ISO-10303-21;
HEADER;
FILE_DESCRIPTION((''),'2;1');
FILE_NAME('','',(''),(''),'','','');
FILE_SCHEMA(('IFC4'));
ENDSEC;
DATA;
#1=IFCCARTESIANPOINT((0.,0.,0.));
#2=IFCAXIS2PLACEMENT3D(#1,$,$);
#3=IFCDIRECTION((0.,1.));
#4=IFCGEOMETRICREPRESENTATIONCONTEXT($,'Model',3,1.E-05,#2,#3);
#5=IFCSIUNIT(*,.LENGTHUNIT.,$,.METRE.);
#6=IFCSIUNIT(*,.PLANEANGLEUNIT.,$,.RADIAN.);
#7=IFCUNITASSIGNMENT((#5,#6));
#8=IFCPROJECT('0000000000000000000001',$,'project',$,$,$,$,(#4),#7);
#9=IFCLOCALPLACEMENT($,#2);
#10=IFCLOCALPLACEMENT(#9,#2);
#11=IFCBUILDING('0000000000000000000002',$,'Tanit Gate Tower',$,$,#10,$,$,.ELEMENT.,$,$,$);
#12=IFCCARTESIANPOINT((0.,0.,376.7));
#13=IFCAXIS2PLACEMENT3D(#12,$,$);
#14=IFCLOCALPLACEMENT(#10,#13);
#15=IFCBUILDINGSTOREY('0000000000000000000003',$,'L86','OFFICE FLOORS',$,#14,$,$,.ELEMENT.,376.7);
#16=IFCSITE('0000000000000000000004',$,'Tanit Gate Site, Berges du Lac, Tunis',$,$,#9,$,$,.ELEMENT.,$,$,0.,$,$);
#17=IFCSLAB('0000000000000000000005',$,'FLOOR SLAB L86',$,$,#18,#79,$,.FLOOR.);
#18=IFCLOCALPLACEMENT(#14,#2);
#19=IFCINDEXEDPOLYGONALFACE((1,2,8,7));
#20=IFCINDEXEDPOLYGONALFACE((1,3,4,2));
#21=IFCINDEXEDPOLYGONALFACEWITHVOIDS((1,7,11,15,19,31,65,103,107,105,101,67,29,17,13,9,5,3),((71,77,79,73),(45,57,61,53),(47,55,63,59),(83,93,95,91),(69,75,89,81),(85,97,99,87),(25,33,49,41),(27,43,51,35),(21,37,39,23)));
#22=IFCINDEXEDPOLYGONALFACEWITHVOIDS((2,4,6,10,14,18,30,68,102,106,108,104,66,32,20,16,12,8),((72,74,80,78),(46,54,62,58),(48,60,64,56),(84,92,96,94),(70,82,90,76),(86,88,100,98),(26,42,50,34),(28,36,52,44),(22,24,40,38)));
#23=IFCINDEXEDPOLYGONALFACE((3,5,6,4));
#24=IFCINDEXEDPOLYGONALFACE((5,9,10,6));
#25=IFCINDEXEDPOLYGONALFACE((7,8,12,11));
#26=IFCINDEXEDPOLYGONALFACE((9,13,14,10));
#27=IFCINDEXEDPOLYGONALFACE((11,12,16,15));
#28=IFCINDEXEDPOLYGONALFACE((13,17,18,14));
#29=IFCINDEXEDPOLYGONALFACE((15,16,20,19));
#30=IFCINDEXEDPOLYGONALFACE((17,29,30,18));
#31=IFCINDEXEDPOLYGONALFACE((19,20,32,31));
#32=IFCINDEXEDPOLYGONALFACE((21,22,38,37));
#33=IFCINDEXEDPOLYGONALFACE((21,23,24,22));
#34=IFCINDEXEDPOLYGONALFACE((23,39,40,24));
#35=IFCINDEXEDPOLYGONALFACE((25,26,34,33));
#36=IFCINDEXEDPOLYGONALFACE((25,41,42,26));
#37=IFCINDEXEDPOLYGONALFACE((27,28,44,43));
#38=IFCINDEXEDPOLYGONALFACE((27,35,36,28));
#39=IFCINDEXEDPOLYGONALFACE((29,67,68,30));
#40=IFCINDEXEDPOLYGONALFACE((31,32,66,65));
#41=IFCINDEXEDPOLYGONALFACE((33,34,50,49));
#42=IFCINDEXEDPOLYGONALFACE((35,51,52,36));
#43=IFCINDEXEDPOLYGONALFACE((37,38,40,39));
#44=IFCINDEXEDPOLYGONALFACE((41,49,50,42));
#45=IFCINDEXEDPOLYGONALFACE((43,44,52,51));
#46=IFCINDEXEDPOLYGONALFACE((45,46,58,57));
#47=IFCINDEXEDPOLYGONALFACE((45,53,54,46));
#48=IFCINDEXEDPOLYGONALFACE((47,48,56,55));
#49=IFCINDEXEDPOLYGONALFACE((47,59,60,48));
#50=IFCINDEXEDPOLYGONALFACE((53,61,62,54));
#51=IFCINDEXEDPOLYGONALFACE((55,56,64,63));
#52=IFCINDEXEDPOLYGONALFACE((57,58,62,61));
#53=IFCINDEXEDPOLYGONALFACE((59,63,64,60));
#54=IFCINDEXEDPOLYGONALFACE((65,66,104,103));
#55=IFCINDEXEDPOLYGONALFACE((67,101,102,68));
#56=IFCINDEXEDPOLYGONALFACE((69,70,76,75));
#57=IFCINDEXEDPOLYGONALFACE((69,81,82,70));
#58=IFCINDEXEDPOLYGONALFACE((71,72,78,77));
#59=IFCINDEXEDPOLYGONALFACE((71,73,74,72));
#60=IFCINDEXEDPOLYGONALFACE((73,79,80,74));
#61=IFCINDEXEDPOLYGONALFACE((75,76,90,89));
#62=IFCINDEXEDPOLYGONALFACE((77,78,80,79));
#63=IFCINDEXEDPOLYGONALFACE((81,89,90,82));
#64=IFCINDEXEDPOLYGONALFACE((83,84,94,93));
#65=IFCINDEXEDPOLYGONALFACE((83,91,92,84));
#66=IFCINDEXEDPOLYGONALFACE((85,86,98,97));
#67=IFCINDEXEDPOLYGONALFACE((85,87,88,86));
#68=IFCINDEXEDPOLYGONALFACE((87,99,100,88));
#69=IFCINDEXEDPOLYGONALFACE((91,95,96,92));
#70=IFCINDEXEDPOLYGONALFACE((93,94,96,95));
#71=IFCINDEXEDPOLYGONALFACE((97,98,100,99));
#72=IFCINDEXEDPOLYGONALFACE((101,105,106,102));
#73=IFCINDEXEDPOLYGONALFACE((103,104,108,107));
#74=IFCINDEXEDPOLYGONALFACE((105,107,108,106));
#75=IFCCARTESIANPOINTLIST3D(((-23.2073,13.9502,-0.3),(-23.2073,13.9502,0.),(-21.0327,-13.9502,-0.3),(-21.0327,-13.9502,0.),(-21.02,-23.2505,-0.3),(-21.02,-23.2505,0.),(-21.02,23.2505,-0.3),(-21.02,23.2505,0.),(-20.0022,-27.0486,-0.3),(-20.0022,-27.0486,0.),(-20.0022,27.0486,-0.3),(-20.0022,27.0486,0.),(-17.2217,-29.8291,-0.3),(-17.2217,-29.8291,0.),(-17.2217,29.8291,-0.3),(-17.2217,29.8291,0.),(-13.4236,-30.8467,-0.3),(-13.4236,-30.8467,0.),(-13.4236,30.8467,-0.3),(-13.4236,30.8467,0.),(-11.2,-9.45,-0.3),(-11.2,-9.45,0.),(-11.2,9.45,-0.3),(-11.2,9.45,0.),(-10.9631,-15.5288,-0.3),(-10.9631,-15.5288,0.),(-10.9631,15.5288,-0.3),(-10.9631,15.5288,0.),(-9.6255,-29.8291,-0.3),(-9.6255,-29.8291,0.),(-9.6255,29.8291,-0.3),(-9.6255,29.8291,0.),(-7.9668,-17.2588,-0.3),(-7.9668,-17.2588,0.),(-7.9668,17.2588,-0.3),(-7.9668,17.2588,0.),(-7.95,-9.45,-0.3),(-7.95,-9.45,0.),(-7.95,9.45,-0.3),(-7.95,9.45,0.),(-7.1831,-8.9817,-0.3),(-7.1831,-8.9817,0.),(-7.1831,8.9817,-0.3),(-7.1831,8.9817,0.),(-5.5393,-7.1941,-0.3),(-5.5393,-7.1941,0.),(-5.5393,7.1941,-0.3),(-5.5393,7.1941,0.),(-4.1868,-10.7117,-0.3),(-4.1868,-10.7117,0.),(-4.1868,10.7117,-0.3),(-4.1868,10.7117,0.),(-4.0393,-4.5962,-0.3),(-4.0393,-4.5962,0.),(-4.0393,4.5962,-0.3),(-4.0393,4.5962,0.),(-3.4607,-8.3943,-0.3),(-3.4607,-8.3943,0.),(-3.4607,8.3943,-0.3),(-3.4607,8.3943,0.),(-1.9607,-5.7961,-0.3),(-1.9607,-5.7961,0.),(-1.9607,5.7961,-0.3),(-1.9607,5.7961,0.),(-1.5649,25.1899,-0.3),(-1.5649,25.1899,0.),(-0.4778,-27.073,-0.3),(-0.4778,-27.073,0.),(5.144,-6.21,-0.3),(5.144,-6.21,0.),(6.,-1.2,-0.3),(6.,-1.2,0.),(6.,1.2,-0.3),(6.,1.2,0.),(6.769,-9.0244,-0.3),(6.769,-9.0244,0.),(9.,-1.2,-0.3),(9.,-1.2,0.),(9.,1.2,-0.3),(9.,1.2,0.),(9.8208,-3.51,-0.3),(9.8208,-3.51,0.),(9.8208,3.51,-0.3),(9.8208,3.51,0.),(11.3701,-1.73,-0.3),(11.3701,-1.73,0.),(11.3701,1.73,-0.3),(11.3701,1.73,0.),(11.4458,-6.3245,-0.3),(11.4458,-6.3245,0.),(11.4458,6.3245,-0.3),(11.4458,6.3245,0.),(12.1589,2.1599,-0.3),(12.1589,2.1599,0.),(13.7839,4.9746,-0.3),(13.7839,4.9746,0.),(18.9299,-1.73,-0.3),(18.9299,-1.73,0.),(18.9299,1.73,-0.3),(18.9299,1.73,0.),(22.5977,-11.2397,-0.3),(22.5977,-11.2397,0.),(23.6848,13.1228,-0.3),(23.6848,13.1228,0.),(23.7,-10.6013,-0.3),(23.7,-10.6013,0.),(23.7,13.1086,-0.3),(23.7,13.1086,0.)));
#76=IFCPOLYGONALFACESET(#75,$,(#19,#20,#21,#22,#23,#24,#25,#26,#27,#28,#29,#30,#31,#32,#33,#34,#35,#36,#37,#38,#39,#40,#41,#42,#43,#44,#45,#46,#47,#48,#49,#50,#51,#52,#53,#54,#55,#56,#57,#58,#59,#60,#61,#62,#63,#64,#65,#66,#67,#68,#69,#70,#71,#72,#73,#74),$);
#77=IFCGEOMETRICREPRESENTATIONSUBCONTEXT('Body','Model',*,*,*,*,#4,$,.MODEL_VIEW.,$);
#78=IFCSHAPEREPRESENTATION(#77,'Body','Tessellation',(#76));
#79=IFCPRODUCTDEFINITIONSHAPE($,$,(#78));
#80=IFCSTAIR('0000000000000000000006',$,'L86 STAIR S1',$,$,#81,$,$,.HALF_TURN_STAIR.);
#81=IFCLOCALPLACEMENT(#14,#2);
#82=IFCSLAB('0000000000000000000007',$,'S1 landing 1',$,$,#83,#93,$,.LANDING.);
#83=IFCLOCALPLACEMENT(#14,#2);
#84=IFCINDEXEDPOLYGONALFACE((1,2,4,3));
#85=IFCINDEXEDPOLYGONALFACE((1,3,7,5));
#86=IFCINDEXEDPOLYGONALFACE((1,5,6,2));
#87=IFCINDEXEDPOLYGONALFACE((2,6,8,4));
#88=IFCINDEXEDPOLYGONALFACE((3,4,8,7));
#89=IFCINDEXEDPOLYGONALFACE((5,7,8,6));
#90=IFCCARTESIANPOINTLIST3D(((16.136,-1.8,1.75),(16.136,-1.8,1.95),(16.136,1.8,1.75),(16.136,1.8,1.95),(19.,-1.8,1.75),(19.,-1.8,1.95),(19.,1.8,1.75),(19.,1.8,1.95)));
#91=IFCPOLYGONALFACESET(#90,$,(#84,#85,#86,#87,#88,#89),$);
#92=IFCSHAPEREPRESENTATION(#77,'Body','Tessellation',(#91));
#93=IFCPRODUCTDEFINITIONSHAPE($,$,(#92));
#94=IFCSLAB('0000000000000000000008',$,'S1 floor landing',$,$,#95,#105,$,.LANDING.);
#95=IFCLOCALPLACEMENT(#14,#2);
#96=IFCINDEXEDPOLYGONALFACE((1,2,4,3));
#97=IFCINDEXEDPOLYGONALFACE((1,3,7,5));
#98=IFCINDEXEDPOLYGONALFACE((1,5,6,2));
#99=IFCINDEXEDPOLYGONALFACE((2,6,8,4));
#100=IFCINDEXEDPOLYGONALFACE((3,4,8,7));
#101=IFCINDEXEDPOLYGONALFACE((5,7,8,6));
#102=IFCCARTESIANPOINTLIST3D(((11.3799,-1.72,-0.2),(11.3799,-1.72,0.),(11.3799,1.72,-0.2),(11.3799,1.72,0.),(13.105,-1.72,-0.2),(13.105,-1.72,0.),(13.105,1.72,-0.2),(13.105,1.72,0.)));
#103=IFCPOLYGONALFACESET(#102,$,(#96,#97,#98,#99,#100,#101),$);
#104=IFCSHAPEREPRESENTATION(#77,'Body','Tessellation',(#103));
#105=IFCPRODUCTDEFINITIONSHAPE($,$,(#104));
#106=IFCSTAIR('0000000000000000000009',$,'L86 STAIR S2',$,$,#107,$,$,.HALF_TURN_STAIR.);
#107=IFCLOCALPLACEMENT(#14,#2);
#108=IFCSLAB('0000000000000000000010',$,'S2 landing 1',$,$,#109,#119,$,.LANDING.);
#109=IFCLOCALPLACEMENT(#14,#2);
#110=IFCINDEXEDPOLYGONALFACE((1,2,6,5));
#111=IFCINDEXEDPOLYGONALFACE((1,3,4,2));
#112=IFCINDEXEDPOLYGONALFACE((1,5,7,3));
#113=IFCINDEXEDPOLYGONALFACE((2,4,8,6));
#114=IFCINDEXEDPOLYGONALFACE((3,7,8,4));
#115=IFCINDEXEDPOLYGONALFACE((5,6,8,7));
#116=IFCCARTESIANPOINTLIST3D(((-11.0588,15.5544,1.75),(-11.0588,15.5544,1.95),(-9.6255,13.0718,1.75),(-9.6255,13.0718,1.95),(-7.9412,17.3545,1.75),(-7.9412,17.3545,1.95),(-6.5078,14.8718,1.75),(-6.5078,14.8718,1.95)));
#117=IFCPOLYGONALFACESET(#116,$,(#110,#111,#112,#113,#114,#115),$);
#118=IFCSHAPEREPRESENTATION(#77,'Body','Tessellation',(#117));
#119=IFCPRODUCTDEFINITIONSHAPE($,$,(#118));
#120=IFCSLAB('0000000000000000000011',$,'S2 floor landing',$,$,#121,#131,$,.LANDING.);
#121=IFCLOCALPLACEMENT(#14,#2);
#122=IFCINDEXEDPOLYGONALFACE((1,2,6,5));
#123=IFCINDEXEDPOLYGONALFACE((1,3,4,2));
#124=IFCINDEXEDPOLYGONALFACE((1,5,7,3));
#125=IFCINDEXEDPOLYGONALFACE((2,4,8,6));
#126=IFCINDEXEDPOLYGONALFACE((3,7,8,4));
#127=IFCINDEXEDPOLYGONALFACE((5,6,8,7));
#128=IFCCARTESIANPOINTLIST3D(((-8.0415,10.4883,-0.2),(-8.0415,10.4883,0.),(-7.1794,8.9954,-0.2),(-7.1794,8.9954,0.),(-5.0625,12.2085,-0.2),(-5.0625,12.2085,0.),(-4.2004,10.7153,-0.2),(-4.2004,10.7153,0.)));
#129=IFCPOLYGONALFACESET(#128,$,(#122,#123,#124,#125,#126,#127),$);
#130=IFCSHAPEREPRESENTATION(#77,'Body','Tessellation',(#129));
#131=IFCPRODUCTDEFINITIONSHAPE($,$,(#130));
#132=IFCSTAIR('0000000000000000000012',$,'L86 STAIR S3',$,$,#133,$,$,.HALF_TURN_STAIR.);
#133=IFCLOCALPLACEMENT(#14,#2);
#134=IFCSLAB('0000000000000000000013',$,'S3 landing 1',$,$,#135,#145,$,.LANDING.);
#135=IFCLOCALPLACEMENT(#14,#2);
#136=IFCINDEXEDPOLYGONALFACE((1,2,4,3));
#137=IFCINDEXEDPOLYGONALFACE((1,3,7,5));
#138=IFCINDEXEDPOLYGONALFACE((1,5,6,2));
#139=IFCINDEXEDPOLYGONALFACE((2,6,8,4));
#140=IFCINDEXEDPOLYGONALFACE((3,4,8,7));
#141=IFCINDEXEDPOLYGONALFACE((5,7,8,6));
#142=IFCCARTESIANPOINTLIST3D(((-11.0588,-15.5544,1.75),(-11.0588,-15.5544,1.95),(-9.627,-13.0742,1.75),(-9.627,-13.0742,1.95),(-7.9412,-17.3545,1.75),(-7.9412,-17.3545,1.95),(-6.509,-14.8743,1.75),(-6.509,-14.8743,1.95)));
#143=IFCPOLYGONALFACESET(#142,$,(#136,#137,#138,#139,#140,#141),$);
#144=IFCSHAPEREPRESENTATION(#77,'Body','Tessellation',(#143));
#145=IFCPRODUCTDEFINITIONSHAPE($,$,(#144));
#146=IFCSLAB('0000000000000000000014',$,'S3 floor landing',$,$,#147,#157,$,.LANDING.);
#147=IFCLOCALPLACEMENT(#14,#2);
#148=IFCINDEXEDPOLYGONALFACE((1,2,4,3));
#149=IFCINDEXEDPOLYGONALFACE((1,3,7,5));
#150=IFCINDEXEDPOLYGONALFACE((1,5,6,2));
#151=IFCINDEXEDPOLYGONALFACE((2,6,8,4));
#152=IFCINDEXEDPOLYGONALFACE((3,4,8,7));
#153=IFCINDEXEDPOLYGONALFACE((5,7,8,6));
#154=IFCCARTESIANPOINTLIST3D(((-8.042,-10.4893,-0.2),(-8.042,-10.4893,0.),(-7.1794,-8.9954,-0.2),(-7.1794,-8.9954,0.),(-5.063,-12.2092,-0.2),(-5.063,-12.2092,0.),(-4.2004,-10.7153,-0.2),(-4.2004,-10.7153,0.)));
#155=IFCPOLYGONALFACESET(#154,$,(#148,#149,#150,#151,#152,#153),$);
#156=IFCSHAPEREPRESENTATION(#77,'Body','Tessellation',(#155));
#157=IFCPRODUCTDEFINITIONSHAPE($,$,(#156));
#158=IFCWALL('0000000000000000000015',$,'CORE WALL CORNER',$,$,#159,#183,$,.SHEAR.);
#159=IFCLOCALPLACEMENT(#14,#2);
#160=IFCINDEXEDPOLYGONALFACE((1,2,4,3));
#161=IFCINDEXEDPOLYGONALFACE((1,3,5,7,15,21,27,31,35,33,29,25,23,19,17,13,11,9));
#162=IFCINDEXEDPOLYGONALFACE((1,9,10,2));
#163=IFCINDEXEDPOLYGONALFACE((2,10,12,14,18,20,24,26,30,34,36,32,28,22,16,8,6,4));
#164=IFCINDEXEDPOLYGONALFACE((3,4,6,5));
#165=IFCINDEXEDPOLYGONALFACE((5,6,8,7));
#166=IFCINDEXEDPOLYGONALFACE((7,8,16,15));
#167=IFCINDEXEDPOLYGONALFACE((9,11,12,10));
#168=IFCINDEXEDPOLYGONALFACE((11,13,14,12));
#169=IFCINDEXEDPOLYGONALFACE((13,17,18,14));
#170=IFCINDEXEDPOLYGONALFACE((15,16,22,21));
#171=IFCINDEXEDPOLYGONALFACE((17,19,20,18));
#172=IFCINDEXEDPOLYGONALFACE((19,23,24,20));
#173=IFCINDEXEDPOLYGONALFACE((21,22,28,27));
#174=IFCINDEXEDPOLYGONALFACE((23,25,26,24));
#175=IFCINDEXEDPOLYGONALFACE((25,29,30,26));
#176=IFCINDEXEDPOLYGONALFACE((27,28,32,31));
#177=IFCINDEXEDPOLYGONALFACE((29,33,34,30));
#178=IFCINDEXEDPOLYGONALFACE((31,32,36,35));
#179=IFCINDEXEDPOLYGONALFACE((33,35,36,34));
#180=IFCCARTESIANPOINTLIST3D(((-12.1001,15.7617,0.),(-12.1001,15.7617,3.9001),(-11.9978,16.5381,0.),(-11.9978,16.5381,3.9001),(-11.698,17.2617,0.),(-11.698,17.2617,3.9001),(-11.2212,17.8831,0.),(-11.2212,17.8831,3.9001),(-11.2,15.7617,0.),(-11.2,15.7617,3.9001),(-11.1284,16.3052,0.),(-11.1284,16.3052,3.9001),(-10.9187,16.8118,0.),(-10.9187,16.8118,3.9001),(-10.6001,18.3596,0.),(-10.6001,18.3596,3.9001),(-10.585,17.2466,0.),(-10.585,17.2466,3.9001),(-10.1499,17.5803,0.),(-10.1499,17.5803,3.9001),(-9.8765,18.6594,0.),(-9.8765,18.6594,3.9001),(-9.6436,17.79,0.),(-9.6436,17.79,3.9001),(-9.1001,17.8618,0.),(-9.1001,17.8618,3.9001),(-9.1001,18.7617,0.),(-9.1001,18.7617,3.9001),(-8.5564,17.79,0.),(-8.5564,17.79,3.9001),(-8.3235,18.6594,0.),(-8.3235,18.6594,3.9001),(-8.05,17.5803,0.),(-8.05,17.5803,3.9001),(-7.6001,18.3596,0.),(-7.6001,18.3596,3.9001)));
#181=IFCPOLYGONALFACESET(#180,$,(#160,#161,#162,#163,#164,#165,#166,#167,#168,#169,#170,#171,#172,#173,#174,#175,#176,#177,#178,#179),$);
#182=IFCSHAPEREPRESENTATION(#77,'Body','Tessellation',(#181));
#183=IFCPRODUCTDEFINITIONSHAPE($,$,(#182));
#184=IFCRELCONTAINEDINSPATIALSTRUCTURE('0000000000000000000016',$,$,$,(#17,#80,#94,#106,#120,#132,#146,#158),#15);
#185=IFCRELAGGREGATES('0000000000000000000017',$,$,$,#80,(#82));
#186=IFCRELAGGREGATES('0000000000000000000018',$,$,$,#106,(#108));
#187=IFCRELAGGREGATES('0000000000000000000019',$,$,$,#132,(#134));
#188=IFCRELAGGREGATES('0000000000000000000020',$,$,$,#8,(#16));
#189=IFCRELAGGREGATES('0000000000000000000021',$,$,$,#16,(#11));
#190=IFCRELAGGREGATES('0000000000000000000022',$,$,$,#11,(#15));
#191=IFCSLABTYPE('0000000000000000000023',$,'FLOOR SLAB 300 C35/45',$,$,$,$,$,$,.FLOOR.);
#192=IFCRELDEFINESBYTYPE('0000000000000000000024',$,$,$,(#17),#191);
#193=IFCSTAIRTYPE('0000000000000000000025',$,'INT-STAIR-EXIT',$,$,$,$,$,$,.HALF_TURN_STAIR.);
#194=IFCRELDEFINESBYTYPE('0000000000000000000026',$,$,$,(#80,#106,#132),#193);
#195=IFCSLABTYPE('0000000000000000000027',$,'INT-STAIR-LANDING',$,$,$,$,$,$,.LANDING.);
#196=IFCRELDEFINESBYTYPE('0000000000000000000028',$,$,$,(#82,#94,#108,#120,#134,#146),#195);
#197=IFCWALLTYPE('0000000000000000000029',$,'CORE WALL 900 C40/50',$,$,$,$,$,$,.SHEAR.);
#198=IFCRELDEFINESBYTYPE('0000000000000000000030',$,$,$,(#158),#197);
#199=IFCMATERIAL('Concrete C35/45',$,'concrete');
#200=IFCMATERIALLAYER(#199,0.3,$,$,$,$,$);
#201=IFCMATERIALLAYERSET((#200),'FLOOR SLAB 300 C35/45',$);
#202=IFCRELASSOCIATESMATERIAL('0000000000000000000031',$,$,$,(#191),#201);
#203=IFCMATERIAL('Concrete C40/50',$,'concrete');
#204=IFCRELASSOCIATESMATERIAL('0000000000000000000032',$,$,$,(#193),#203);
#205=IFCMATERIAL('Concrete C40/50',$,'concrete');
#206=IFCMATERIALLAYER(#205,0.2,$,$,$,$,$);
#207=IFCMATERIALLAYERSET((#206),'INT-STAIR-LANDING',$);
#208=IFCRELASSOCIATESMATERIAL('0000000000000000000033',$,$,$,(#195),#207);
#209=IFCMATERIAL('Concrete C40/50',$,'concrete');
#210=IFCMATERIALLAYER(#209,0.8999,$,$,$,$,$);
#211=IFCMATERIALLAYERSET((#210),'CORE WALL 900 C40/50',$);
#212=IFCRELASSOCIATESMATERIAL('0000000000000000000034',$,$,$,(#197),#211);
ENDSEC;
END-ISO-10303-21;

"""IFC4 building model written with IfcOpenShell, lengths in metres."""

from ifc_helpers import new_model, si_unit, direction, frame, origin, place, context, subcontext, project, spatial, polyline, outline, extrude, material, layer, layer_set, type_object, element, aggregate, save


model = new_model("IFC4")

# Units and contexts
model_context = context("Model", 3, precision=1e-05, world=origin(), true_north=direction((0.0, 1.0)))
body_context = subcontext(model_context, "Body", "Model", "MODEL_VIEW")
ifc_project = project(units=[si_unit("LENGTHUNIT", "METRE"), si_unit("PLANEANGLEUNIT", "RADIAN")], contexts=[model_context])

# Site, building, storey
site_placement = place(None, origin())
site = spatial("IfcSite", under=ifc_project, at=site_placement, Name="Tanit Gate Site, Berges du Lac, Tunis", CompositionType="ELEMENT", RefElevation=0.0)
building_placement = place(site_placement, origin())
building = spatial("IfcBuilding", under=site, at=building_placement, Name="Tanit Gate Tower", CompositionType="ELEMENT")
storey_placement = place(building_placement, frame((0.0, 0.0, 376.7)))
storey = spatial("IfcBuildingStorey", under=building, at=storey_placement, Name="L86", Description="OFFICE FLOORS", CompositionType="ELEMENT", Elevation=376.7)

# Slab
ifc_material_1 = material(Name="Concrete C35/45", Category="concrete")
ifc_layer_1 = layer(ifc_material_1, 0.3)
ifc_layer_set_1 = layer_set([ifc_layer_1], Name="FLOOR SLAB 300 C35/45")
slab_type_1 = type_object("IfcSlabType", Name="FLOOR SLAB 300 C35/45", PredefinedType="FLOOR", material=ifc_layer_set_1)
slab_1_placement = place(storey_placement, frame((0.0, 0.0, -0.3)))
element("IfcSlab", 1, at=slab_1_placement, inside=storey, type_object=slab_type_1, Name="FLOOR SLAB L86", PredefinedType="FLOOR", context=body_context, shape_type="SweptSolid", body=[
    extrude(outline(polyline([(22.5977, -11.2397), (-0.4778, -27.073), (-9.6255, -29.8291), (-13.4236, -30.8467), (-17.2217, -29.8291), (-20.0022, -27.0486), (-21.02, -23.2505), (-21.0327, -13.9502), (-23.2073, 13.9502), (-21.02, 23.2505), (-20.0022, 27.0486), (-17.2217, 29.8291), (-13.4236, 30.8467), (-9.6255, 29.8291), (-1.5649, 25.1899), (23.6848, 13.1228), (30.6455, 6.5786), (23.7, 13.1086), (23.7, -10.6013), (30.6455, -6.5786), (22.5977, -11.2397)]), holes=[polyline([(11.3701, 1.73), (18.9299, 1.73), (18.9299, -1.73), (11.3701, -1.73), (11.3701, 1.73)]), polyline([(12.1589, 2.1599), (9.8208, 3.51), (11.4458, 6.3245), (13.7839, 4.9746), (12.1589, 2.1599)]), polyline([(11.4458, -6.3245), (6.769, -9.0244), (5.144, -6.21), (9.8208, -3.51), (11.4458, -6.3245)]), polyline([(6.0, 1.2), (9.0, 1.2), (9.0, -1.2), (6.0, -1.2), (6.0, 1.2)]), polyline([(-4.0393, 4.5962), (-5.5393, 7.1941), (-3.4607, 8.3943), (-1.9607, 5.7961), (-4.0393, 4.5962)]), polyline([(-1.9607, -5.7961), (-3.4607, -8.3943), (-5.5393, -7.1941), (-4.0393, -4.5962), (-1.9607, -5.7961)]), polyline([(-7.1831, 8.9817), (-10.9631, 15.5288), (-7.9668, 17.2588), (-4.1868, 10.7117), (-7.1831, 8.9817)]), polyline([(-4.1868, -10.7117), (-7.9668, -17.2588), (-10.9631, -15.5288), (-7.1831, -8.9817), (-4.1868, -10.7117)]), polyline([(-11.2, -9.45), (-11.2, 9.45), (-7.95, 9.45), (-7.95, -9.45), (-11.2, -9.45)])]), origin(), (0.0, 0.0, 1.0), 0.3),
])

# Stair, slab
ifc_material_2 = material(Name="Concrete C40/50", Category="concrete")
stair_type = type_object("IfcStairType", Name="INT-STAIR-EXIT", PredefinedType="HALF_TURN_STAIR", material=ifc_material_2)
stair_1_placement = place(storey_placement, origin())
stair_1 = element("IfcStair", 2, at=stair_1_placement, inside=storey, type_object=stair_type, Name="L86 STAIR S1", PredefinedType="HALF_TURN_STAIR")
ifc_material_3 = material(Name="Concrete C40/50", Category="concrete")
ifc_layer_2 = layer(ifc_material_3, 0.2)
ifc_layer_set_2 = layer_set([ifc_layer_2], Name="INT-STAIR-LANDING")
slab_type_2 = type_object("IfcSlabType", Name="INT-STAIR-LANDING", PredefinedType="LANDING", material=ifc_layer_set_2)
slab_2_placement = place(storey_placement, frame((0.0, 0.0, 1.75)))
slab_2 = element("IfcSlab", 3, at=slab_2_placement, type_object=slab_type_2, Name="S1 landing 1", PredefinedType="LANDING", context=body_context, shape_type="SweptSolid", body=[
    extrude(outline(polyline([(16.136, -1.8), (19.0, -1.8), (19.0, 1.8), (16.136, 1.8), (16.136, -1.8)])), origin(), (0.0, 0.0, 1.0), 0.2),
])
aggregate(stair_1, [slab_2])

# Slab
slab_3_placement = place(storey_placement, frame((0.0, 0.0, -0.2)))
element("IfcSlab", 4, at=slab_3_placement, inside=storey, type_object=slab_type_2, Name="S1 floor landing", PredefinedType="LANDING", context=body_context, shape_type="SweptSolid", body=[
    extrude(outline(polyline([(11.3799, -1.72), (13.105, -1.72), (13.105, 1.72), (11.3799, 1.72), (11.3799, -1.72)])), origin(), (0.0, 0.0, 1.0), 0.2),
])

# Stair, slab
stair_2_placement = place(storey_placement, origin())
stair_2 = element("IfcStair", 5, at=stair_2_placement, inside=storey, type_object=stair_type, Name="L86 STAIR S2", PredefinedType="HALF_TURN_STAIR")
slab_4_placement = place(storey_placement, frame((0.0, 0.0, 1.75)))
slab_4 = element("IfcSlab", 6, at=slab_4_placement, type_object=slab_type_2, Name="S2 landing 1", PredefinedType="LANDING", context=body_context, shape_type="SweptSolid", body=[
    extrude(outline(polyline([(-6.5078, 14.8718), (-7.9412, 17.3545), (-11.0588, 15.5544), (-9.6255, 13.0718), (-6.5078, 14.8718)])), origin(), (0.0, 0.0, 1.0), 0.2),
])
aggregate(stair_2, [slab_4])

# Slab
slab_5_placement = place(storey_placement, frame((0.0, 0.0, -0.2)))
element("IfcSlab", 7, at=slab_5_placement, inside=storey, type_object=slab_type_2, Name="S2 floor landing", PredefinedType="LANDING", context=body_context, shape_type="SweptSolid", body=[
    extrude(outline(polyline([(-4.2004, 10.7153), (-5.0625, 12.2085), (-8.0415, 10.4883), (-7.1794, 8.9954), (-4.2004, 10.7153)])), origin(), (0.0, 0.0, 1.0), 0.2),
])

# Stair, slab
stair_3_placement = place(storey_placement, origin())
stair_3 = element("IfcStair", 8, at=stair_3_placement, inside=storey, type_object=stair_type, Name="L86 STAIR S3", PredefinedType="HALF_TURN_STAIR")
slab_6_placement = place(storey_placement, frame((0.0, 0.0, 1.75)))
slab_6 = element("IfcSlab", 9, at=slab_6_placement, type_object=slab_type_2, Name="S3 landing 1", PredefinedType="LANDING", context=body_context, shape_type="SweptSolid", body=[
    extrude(outline(polyline([(-9.627, -13.0742), (-11.0588, -15.5544), (-7.9412, -17.3545), (-6.509, -14.8743), (-9.627, -13.0742)])), origin(), (0.0, 0.0, 1.0), 0.2),
])
aggregate(stair_3, [slab_6])

# Slab
slab_7_placement = place(storey_placement, frame((0.0, 0.0, -0.2)))
element("IfcSlab", 10, at=slab_7_placement, inside=storey, type_object=slab_type_2, Name="S3 floor landing", PredefinedType="LANDING", context=body_context, shape_type="SweptSolid", body=[
    extrude(outline(polyline([(-7.1794, -8.9954), (-8.042, -10.4893), (-5.063, -12.2092), (-4.2004, -10.7153), (-7.1794, -8.9954)])), origin(), (0.0, 0.0, 1.0), 0.2),
])

# Wall
ifc_material_4 = material(Name="Concrete C40/50", Category="concrete")
ifc_layer_3 = layer(ifc_material_4, 0.8999)
ifc_layer_set_3 = layer_set([ifc_layer_3], Name="CORE WALL 900 C40/50")
wall_type_1 = type_object("IfcWallType", Name="CORE WALL 900 C40/50", PredefinedType="SHEAR", material=ifc_layer_set_3)
wall_1_placement = place(storey_placement, origin())
element("IfcWall", 11, at=wall_1_placement, inside=storey, type_object=wall_type_1, Name="CORE WALL CORNER", PredefinedType="SHEAR", context=body_context, shape_type="SweptSolid", body=[
    extrude(outline(polyline([(-7.6001, 18.3596), (-8.3235, 18.6594), (-9.1001, 18.7617), (-9.8765, 18.6594), (-10.6001, 18.3596), (-11.2212, 17.8831), (-11.698, 17.2617), (-11.9978, 16.5381), (-12.1001, 15.7617), (-11.2, 15.7617), (-11.1284, 16.3052), (-10.9187, 16.8118), (-10.585, 17.2466), (-10.1499, 17.5803), (-9.6436, 17.79), (-9.1001, 17.8618), (-8.5564, 17.79), (-8.05, 17.5803), (-7.6001, 18.3596)])), origin(), (0.0, 0.0, 1.0), 3.9001),
])

save(model, "model.ifc")
